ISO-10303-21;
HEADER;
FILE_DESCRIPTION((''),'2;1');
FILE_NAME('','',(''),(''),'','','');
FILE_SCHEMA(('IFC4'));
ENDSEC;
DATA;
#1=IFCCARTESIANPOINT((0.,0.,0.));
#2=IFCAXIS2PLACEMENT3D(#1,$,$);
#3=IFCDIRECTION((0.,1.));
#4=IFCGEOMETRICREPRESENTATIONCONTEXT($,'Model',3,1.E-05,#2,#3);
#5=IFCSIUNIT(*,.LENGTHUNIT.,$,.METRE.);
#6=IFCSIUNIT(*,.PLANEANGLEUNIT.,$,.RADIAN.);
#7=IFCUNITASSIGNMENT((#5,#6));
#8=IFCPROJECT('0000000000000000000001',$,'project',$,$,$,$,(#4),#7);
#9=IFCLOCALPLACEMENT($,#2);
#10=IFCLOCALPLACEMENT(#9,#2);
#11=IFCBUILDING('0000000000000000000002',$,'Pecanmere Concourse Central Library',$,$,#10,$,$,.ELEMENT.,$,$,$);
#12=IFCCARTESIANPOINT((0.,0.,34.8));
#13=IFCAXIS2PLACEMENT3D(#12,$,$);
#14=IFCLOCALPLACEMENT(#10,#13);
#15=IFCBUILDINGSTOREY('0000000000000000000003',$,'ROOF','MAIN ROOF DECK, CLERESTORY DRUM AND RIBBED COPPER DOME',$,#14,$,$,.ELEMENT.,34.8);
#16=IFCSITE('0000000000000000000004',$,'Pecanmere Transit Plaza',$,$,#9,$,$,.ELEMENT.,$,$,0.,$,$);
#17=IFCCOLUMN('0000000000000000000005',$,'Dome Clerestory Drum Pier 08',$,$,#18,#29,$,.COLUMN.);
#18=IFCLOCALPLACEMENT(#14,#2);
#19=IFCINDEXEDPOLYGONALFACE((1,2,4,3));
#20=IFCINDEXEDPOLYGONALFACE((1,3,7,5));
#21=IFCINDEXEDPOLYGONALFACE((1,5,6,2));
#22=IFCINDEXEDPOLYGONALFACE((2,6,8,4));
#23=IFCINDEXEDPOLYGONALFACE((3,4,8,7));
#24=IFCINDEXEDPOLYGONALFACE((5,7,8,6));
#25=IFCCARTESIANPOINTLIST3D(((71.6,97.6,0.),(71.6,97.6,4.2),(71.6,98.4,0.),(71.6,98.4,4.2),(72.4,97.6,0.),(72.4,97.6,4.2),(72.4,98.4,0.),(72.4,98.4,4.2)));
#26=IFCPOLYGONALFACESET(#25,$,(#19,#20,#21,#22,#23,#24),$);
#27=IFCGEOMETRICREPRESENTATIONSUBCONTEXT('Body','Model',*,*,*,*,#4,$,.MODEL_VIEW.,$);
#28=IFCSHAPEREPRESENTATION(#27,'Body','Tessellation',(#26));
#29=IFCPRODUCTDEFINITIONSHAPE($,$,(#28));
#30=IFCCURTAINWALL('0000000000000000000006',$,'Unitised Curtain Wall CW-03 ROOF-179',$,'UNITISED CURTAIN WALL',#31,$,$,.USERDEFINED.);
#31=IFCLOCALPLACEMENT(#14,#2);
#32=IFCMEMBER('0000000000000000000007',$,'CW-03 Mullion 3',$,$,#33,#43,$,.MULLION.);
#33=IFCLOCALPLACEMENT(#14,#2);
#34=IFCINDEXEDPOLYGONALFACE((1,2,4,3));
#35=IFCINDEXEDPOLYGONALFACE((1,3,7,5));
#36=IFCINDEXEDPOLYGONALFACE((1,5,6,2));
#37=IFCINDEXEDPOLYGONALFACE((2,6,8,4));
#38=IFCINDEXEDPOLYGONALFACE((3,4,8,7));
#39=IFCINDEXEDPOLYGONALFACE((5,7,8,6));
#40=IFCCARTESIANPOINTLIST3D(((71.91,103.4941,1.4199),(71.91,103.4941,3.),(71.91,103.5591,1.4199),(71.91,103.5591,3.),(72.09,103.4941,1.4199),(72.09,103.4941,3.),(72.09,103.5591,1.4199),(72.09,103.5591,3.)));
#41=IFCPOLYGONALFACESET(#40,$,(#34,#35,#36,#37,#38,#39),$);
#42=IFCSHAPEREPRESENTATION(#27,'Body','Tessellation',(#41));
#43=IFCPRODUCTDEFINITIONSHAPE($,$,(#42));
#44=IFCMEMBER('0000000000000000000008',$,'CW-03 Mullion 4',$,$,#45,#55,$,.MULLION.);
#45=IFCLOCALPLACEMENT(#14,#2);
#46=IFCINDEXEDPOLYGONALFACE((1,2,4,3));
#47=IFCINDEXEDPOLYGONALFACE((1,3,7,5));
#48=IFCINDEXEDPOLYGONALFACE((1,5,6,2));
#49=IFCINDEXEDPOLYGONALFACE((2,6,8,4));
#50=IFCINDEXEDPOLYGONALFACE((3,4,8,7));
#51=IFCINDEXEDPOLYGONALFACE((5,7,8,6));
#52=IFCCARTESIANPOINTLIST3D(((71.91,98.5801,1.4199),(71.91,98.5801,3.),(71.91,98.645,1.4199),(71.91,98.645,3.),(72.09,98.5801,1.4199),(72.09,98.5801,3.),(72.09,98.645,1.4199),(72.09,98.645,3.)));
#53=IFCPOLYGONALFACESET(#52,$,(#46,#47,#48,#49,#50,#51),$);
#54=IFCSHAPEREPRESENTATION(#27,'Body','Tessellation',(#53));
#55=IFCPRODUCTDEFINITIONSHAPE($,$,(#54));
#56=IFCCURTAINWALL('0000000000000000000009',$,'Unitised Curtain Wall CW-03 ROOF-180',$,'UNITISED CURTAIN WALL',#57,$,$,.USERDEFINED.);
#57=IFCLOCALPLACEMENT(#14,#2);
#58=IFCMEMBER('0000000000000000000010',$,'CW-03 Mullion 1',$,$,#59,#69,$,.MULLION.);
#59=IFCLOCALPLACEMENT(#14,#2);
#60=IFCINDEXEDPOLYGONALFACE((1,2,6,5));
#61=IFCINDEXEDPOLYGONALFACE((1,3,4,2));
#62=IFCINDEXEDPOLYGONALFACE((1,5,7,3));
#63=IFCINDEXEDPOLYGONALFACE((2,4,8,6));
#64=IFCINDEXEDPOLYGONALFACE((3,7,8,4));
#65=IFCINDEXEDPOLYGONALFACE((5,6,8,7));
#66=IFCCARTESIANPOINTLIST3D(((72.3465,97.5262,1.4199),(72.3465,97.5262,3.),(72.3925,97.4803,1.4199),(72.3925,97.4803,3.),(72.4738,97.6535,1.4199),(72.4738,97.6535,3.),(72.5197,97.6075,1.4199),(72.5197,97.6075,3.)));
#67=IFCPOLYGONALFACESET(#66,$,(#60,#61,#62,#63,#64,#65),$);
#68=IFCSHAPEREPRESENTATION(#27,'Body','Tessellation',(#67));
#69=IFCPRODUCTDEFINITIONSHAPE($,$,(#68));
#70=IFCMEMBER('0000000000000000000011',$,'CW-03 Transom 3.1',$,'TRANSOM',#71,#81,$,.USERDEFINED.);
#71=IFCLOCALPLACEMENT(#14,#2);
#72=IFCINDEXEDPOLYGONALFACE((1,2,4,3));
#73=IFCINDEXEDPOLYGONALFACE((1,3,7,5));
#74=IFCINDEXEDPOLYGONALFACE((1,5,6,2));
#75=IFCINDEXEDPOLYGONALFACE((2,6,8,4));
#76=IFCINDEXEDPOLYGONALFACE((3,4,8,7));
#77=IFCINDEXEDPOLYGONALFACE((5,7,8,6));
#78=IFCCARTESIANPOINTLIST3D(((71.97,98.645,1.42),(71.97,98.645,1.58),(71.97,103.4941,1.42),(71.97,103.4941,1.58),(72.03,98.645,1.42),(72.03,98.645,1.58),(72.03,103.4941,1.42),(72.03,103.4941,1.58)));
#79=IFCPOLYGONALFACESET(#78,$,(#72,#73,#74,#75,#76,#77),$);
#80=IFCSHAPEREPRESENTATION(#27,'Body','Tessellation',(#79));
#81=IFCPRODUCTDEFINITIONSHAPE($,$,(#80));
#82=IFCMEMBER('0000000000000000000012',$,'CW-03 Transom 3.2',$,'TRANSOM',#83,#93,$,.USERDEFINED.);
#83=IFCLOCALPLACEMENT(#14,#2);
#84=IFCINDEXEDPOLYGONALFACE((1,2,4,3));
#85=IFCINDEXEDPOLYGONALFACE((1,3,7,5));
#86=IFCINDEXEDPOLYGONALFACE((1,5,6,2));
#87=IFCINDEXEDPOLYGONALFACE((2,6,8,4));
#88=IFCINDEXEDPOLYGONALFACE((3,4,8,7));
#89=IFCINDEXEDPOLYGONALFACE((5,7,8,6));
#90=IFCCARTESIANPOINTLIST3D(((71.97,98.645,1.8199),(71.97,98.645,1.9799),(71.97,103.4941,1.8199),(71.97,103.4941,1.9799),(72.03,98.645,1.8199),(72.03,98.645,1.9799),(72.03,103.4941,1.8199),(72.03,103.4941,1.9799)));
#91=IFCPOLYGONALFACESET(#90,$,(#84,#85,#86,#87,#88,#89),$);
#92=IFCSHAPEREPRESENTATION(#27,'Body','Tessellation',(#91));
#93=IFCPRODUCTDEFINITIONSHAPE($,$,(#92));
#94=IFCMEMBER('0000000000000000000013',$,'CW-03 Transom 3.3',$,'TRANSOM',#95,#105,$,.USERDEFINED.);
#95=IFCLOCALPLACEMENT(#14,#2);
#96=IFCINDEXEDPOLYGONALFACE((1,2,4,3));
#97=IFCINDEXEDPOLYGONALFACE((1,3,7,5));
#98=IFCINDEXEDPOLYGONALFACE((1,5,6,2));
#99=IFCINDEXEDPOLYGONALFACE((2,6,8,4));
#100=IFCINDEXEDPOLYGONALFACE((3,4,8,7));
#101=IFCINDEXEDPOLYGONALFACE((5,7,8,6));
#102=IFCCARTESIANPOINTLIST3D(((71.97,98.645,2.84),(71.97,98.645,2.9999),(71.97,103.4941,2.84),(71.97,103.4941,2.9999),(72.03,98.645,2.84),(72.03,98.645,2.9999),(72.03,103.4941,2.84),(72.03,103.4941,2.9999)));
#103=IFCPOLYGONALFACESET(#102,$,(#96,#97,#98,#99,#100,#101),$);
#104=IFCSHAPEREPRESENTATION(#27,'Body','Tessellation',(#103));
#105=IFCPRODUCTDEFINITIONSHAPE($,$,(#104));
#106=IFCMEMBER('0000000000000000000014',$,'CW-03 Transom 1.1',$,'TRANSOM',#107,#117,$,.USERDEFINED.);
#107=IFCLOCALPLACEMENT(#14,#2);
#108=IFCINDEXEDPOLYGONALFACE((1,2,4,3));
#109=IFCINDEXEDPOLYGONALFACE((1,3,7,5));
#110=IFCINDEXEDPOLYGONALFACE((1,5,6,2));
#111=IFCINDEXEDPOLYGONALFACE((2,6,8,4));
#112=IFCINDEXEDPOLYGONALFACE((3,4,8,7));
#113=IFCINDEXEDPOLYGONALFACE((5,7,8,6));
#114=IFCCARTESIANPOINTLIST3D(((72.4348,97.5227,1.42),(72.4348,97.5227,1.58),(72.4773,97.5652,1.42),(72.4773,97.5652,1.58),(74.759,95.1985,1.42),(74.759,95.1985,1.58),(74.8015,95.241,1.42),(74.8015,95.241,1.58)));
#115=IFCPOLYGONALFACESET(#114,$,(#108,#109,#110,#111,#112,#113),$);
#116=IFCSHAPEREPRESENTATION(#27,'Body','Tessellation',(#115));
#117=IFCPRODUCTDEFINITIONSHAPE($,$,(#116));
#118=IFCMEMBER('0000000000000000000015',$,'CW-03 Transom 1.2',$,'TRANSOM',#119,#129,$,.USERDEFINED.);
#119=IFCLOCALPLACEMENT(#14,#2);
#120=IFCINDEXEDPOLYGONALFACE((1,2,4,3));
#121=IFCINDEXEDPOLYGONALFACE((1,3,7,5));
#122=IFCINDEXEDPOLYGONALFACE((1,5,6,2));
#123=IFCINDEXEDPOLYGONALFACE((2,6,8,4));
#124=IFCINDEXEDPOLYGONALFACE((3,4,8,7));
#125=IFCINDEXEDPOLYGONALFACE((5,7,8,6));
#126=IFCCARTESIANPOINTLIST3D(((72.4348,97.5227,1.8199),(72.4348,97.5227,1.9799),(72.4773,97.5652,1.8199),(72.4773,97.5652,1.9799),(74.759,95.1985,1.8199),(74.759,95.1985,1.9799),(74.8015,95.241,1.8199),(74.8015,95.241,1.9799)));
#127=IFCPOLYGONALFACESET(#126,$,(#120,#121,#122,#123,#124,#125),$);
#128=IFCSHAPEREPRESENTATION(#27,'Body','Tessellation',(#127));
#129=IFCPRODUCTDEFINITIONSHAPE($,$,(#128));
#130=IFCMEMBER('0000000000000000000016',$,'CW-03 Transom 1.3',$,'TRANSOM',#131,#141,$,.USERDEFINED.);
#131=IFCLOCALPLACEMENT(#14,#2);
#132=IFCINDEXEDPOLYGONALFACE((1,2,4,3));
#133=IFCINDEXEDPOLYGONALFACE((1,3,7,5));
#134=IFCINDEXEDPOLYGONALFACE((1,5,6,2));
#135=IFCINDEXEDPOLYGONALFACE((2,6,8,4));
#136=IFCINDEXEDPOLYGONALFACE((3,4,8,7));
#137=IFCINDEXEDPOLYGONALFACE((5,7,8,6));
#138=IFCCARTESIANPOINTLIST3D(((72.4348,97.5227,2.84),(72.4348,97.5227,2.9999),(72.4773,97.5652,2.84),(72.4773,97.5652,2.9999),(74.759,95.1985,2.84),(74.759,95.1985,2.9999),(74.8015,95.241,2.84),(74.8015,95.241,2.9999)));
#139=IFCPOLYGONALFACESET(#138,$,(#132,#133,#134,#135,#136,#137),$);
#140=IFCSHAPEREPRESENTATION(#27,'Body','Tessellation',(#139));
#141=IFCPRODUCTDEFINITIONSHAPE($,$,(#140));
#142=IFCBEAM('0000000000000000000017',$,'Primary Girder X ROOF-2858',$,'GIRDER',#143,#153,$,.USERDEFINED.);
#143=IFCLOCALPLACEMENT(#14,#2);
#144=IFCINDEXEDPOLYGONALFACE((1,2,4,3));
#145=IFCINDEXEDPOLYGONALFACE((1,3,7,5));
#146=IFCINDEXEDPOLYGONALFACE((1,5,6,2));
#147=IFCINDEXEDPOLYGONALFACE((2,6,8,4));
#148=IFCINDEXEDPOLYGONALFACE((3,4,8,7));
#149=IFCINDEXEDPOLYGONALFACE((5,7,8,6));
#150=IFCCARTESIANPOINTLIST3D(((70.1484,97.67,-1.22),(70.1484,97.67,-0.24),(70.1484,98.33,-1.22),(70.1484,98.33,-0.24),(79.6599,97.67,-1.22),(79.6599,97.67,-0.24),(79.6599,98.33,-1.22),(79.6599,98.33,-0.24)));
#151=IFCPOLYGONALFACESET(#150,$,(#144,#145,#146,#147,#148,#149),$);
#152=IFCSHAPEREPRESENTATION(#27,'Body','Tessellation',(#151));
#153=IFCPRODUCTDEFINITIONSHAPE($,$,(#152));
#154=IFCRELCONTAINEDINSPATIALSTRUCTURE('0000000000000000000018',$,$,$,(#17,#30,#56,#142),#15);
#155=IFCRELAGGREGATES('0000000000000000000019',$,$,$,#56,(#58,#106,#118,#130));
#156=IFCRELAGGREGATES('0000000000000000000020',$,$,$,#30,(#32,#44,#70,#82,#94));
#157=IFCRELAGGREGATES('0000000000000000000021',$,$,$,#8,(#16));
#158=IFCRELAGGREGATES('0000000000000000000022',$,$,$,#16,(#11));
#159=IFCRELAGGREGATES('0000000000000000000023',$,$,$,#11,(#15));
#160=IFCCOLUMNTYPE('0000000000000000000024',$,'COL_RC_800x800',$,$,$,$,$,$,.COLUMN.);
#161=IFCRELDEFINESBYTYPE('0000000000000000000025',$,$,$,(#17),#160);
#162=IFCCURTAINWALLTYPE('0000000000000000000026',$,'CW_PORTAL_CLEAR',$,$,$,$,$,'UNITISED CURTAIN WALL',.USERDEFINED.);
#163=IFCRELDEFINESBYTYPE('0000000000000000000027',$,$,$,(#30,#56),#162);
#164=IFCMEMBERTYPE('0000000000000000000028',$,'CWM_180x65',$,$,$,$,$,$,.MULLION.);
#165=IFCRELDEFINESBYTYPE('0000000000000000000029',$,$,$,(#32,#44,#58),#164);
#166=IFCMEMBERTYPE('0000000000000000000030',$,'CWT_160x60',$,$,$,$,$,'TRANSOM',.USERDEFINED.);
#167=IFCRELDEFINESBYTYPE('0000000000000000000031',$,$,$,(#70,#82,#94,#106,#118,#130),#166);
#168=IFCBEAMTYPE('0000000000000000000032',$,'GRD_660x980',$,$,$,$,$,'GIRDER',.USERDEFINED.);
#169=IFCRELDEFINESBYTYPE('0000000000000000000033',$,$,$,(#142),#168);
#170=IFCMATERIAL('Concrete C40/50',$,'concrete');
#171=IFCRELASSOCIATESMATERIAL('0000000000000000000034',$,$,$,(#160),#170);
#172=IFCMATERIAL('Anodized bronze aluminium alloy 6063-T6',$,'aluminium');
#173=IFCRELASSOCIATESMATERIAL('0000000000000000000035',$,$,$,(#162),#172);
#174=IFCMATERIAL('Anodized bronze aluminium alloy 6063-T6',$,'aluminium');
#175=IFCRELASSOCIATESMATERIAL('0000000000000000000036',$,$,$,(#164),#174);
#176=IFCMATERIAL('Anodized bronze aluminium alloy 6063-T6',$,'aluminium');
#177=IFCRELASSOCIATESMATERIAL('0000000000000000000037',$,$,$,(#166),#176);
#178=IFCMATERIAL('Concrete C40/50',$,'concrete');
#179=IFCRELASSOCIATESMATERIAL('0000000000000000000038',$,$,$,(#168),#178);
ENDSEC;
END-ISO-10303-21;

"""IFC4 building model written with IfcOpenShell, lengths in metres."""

from ifc_helpers import new_model, si_unit, direction, frame, origin, origin_2d, place, context, subcontext, project, spatial, rectangle, extrude, material, material_profile, profile_set, type_object, element, aggregate, save


model = new_model("IFC4")

# Units and contexts
model_context = context("Model", 3, precision=1e-05, world=origin(), true_north=direction((0.0, 1.0)))
body_context = subcontext(model_context, "Body", "Model", "MODEL_VIEW")
ifc_project = project(units=[si_unit("LENGTHUNIT", "METRE"), si_unit("PLANEANGLEUNIT", "RADIAN")], contexts=[model_context])

# Site, building, storey
site_placement = place(None, origin())
site = spatial("IfcSite", under=ifc_project, at=site_placement, Name="Pecanmere Transit Plaza", CompositionType="ELEMENT", RefElevation=0.0)
building_placement = place(site_placement, origin())
building = spatial("IfcBuilding", under=site, at=building_placement, Name="Pecanmere Concourse Central Library", CompositionType="ELEMENT")
storey_placement = place(building_placement, frame((0.0, 0.0, 34.8)))
storey = spatial("IfcBuildingStorey", under=building, at=storey_placement, Name="ROOF", Description="MAIN ROOF DECK, CLERESTORY DRUM AND RIBBED COPPER DOME", CompositionType="ELEMENT", Elevation=34.8)

# Column
ifc_material_1 = material(Name="Concrete C40/50", Category="concrete")
ifc_material_profile_1 = material_profile(ifc_material_1, rectangle(XDim=0.8, YDim=0.8, at=origin_2d()), Name="RC 800x800")
ifc_profile_set_1 = profile_set([ifc_material_profile_1], Name="Concrete C40/50")
column_type = type_object("IfcColumnType", Name="COL_RC_800x800", PredefinedType="COLUMN", material=ifc_profile_set_1)
column_placement = place(storey_placement, frame((72.0, 98.0, 0.0), z_axis=(0.0, 0.0, 1.0), x_axis=(1.0, 0.0, 0.0)))
element("IfcColumn", 1, at=column_placement, inside=storey, type_object=column_type, Name="Dome Clerestory Drum Pier 08", PredefinedType="COLUMN", context=body_context, shape_type="SweptSolid", body=[
    extrude(rectangle(XDim=0.8, YDim=0.8, at=origin_2d()), origin(), (0.0, 0.0, 1.0), 4.2),
])

# Curtain wall, members
ifc_material_2 = material(Name="Anodized bronze aluminium alloy 6063-T6", Category="aluminium")
curtain_wall_type = type_object("IfcCurtainWallType", Name="CW_PORTAL_CLEAR", ElementType="UNITISED CURTAIN WALL", PredefinedType="USERDEFINED", material=ifc_material_2)
curtain_wall_1_placement = place(storey_placement, origin())
curtain_wall_1 = element("IfcCurtainWall", 2, at=curtain_wall_1_placement, inside=storey, type_object=curtain_wall_type, Name="Unitised Curtain Wall CW-03 ROOF-179", ObjectType="UNITISED CURTAIN WALL", PredefinedType="USERDEFINED")
ifc_material_3 = material(Name="Anodized bronze aluminium alloy 6063-T6", Category="aluminium")
ifc_material_profile_2 = material_profile(ifc_material_3, rectangle(XDim=0.0649, YDim=0.1799, at=origin_2d()), Name="AL 65x180")
ifc_profile_set_2 = profile_set([ifc_material_profile_2], Name="Anodized bronze aluminium alloy 6063-T6")
member_type_1 = type_object("IfcMemberType", Name="CWM_180x65", PredefinedType="MULLION", material=ifc_profile_set_2)
member_1_placement = place(storey_placement, frame((72.0, 103.5266, 1.4199), z_axis=(0.0, 0.0, 1.0), x_axis=(0.0, -1.0, 0.0)))
member_1 = element("IfcMember", 3, at=member_1_placement, type_object=member_type_1, Name="CW-03 Mullion 3", PredefinedType="MULLION", context=body_context, shape_type="SweptSolid", body=[
    extrude(rectangle(XDim=0.0649, YDim=0.1799, at=origin_2d()), origin(), (0.0, 0.0, 1.0), 1.5801),
])
member_2_placement = place(storey_placement, frame((72.0, 98.6125, 1.4199), z_axis=(0.0, 0.0, 1.0), x_axis=(0.0, -1.0, 0.0)))
member_2 = element("IfcMember", 4, at=member_2_placement, type_object=member_type_1, Name="CW-03 Mullion 4", PredefinedType="MULLION", context=body_context, shape_type="SweptSolid", body=[
    extrude(rectangle(XDim=0.0649, YDim=0.1799, at=origin_2d()), origin(), (0.0, 0.0, 1.0), 1.5801),
])

# Curtain wall, member
curtain_wall_2_placement = place(storey_placement, origin())
curtain_wall_2 = element("IfcCurtainWall", 5, at=curtain_wall_2_placement, inside=storey, type_object=curtain_wall_type, Name="Unitised Curtain Wall CW-03 ROOF-180", ObjectType="UNITISED CURTAIN WALL", PredefinedType="USERDEFINED")
member_3_placement = place(storey_placement, frame((72.4331, 97.5669, 1.4199), z_axis=(0.0, 0.0, 1.0), x_axis=(0.707107, -0.707107, 0.0)))
member_3 = element("IfcMember", 6, at=member_3_placement, type_object=member_type_1, Name="CW-03 Mullion 1", PredefinedType="MULLION", context=body_context, shape_type="SweptSolid", body=[
    extrude(rectangle(XDim=0.0649, YDim=0.1799, at=origin_2d()), origin(), (0.0, 0.0, 1.0), 1.5801),
])

# Members
ifc_material_4 = material(Name="Anodized bronze aluminium alloy 6063-T6", Category="aluminium")
ifc_material_profile_3 = material_profile(ifc_material_4, rectangle(XDim=0.0601, YDim=0.1599, at=origin_2d()), Name="AL 60x160")
ifc_profile_set_3 = profile_set([ifc_material_profile_3], Name="Anodized bronze aluminium alloy 6063-T6")
member_type_2 = type_object("IfcMemberType", Name="CWT_160x60", ElementType="TRANSOM", PredefinedType="USERDEFINED", material=ifc_profile_set_3)
member_4_placement = place(storey_placement, frame((72.0, 103.4941, 1.5), z_axis=(0.0, -1.0, 0.0), x_axis=(1.0, 0.0, 0.0)))
member_4 = element("IfcMember", 7, at=member_4_placement, type_object=member_type_2, Name="CW-03 Transom 3.1", ObjectType="TRANSOM", PredefinedType="USERDEFINED", context=body_context, shape_type="SweptSolid", body=[
    extrude(rectangle(XDim=0.0601, YDim=0.1599, at=origin_2d()), origin(), (0.0, 0.0, 1.0), 4.8491),
])
member_5_placement = place(storey_placement, frame((72.0, 103.4941, 1.8999), z_axis=(0.0, -1.0, 0.0), x_axis=(1.0, 0.0, 0.0)))
member_5 = element("IfcMember", 8, at=member_5_placement, type_object=member_type_2, Name="CW-03 Transom 3.2", ObjectType="TRANSOM", PredefinedType="USERDEFINED", context=body_context, shape_type="SweptSolid", body=[
    extrude(rectangle(XDim=0.0601, YDim=0.1599, at=origin_2d()), origin(), (0.0, 0.0, 1.0), 4.8491),
])
member_6_placement = place(storey_placement, frame((72.0, 103.4941, 2.9199), z_axis=(0.0, -1.0, 0.0), x_axis=(1.0, 0.0, 0.0)))
member_6 = element("IfcMember", 9, at=member_6_placement, type_object=member_type_2, Name="CW-03 Transom 3.3", ObjectType="TRANSOM", PredefinedType="USERDEFINED", context=body_context, shape_type="SweptSolid", body=[
    extrude(rectangle(XDim=0.0601, YDim=0.1599, at=origin_2d()), origin(), (0.0, 0.0, 1.0), 4.8491),
])
member_7_placement = place(storey_placement, frame((72.4561, 97.5439, 1.5), z_axis=(0.707107, -0.707107, 0.0), x_axis=(0.707107, 0.707107, 0.0)))
member_7 = element("IfcMember", 10, at=member_7_placement, type_object=member_type_2, Name="CW-03 Transom 1.1", ObjectType="TRANSOM", PredefinedType="USERDEFINED", context=body_context, shape_type="SweptSolid", body=[
    extrude(rectangle(XDim=0.0601, YDim=0.1599, at=origin_2d()), origin(), (0.0, 0.0, 1.0), 3.2869),
])
member_8_placement = place(storey_placement, frame((72.4561, 97.5439, 1.8999), z_axis=(0.707107, -0.707107, 0.0), x_axis=(0.707107, 0.707107, 0.0)))
member_8 = element("IfcMember", 11, at=member_8_placement, type_object=member_type_2, Name="CW-03 Transom 1.2", ObjectType="TRANSOM", PredefinedType="USERDEFINED", context=body_context, shape_type="SweptSolid", body=[
    extrude(rectangle(XDim=0.0601, YDim=0.1599, at=origin_2d()), origin(), (0.0, 0.0, 1.0), 3.2869),
])
member_9_placement = place(storey_placement, frame((72.4561, 97.5439, 2.9199), z_axis=(0.707107, -0.707107, 0.0), x_axis=(0.707107, 0.707107, 0.0)))
member_9 = element("IfcMember", 12, at=member_9_placement, type_object=member_type_2, Name="CW-03 Transom 1.3", ObjectType="TRANSOM", PredefinedType="USERDEFINED", context=body_context, shape_type="SweptSolid", body=[
    extrude(rectangle(XDim=0.0601, YDim=0.1599, at=origin_2d()), origin(), (0.0, 0.0, 1.0), 3.2869),
])
aggregate(curtain_wall_2, [member_3, member_7, member_8, member_9])

# Beam
ifc_material_5 = material(Name="Concrete C40/50", Category="concrete")
ifc_material_profile_4 = material_profile(ifc_material_5, rectangle(XDim=0.6599, YDim=0.98, at=origin_2d()), Name="RC 660x980")
ifc_profile_set_4 = profile_set([ifc_material_profile_4], Name="Concrete C40/50")
beam_type_1 = type_object("IfcBeamType", Name="GRD_660x980", ElementType="GIRDER", PredefinedType="USERDEFINED", material=ifc_profile_set_4)
beam_1_placement = place(storey_placement, frame((70.1484, 98.0, -0.73), z_axis=(1.0, 0.0, 0.0), x_axis=(0.0, 1.0, 0.0)))
element("IfcBeam", 13, at=beam_1_placement, inside=storey, type_object=beam_type_1, Name="Primary Girder X ROOF-2858", ObjectType="GIRDER", PredefinedType="USERDEFINED", context=body_context, shape_type="SweptSolid", body=[
    extrude(rectangle(XDim=0.6599, YDim=0.98, at=origin_2d()), origin(), (0.0, 0.0, 1.0), 9.5115),
])

aggregate(curtain_wall_1, [member_1, member_2, member_4, member_5, member_6])

save(model, "model.ifc")
